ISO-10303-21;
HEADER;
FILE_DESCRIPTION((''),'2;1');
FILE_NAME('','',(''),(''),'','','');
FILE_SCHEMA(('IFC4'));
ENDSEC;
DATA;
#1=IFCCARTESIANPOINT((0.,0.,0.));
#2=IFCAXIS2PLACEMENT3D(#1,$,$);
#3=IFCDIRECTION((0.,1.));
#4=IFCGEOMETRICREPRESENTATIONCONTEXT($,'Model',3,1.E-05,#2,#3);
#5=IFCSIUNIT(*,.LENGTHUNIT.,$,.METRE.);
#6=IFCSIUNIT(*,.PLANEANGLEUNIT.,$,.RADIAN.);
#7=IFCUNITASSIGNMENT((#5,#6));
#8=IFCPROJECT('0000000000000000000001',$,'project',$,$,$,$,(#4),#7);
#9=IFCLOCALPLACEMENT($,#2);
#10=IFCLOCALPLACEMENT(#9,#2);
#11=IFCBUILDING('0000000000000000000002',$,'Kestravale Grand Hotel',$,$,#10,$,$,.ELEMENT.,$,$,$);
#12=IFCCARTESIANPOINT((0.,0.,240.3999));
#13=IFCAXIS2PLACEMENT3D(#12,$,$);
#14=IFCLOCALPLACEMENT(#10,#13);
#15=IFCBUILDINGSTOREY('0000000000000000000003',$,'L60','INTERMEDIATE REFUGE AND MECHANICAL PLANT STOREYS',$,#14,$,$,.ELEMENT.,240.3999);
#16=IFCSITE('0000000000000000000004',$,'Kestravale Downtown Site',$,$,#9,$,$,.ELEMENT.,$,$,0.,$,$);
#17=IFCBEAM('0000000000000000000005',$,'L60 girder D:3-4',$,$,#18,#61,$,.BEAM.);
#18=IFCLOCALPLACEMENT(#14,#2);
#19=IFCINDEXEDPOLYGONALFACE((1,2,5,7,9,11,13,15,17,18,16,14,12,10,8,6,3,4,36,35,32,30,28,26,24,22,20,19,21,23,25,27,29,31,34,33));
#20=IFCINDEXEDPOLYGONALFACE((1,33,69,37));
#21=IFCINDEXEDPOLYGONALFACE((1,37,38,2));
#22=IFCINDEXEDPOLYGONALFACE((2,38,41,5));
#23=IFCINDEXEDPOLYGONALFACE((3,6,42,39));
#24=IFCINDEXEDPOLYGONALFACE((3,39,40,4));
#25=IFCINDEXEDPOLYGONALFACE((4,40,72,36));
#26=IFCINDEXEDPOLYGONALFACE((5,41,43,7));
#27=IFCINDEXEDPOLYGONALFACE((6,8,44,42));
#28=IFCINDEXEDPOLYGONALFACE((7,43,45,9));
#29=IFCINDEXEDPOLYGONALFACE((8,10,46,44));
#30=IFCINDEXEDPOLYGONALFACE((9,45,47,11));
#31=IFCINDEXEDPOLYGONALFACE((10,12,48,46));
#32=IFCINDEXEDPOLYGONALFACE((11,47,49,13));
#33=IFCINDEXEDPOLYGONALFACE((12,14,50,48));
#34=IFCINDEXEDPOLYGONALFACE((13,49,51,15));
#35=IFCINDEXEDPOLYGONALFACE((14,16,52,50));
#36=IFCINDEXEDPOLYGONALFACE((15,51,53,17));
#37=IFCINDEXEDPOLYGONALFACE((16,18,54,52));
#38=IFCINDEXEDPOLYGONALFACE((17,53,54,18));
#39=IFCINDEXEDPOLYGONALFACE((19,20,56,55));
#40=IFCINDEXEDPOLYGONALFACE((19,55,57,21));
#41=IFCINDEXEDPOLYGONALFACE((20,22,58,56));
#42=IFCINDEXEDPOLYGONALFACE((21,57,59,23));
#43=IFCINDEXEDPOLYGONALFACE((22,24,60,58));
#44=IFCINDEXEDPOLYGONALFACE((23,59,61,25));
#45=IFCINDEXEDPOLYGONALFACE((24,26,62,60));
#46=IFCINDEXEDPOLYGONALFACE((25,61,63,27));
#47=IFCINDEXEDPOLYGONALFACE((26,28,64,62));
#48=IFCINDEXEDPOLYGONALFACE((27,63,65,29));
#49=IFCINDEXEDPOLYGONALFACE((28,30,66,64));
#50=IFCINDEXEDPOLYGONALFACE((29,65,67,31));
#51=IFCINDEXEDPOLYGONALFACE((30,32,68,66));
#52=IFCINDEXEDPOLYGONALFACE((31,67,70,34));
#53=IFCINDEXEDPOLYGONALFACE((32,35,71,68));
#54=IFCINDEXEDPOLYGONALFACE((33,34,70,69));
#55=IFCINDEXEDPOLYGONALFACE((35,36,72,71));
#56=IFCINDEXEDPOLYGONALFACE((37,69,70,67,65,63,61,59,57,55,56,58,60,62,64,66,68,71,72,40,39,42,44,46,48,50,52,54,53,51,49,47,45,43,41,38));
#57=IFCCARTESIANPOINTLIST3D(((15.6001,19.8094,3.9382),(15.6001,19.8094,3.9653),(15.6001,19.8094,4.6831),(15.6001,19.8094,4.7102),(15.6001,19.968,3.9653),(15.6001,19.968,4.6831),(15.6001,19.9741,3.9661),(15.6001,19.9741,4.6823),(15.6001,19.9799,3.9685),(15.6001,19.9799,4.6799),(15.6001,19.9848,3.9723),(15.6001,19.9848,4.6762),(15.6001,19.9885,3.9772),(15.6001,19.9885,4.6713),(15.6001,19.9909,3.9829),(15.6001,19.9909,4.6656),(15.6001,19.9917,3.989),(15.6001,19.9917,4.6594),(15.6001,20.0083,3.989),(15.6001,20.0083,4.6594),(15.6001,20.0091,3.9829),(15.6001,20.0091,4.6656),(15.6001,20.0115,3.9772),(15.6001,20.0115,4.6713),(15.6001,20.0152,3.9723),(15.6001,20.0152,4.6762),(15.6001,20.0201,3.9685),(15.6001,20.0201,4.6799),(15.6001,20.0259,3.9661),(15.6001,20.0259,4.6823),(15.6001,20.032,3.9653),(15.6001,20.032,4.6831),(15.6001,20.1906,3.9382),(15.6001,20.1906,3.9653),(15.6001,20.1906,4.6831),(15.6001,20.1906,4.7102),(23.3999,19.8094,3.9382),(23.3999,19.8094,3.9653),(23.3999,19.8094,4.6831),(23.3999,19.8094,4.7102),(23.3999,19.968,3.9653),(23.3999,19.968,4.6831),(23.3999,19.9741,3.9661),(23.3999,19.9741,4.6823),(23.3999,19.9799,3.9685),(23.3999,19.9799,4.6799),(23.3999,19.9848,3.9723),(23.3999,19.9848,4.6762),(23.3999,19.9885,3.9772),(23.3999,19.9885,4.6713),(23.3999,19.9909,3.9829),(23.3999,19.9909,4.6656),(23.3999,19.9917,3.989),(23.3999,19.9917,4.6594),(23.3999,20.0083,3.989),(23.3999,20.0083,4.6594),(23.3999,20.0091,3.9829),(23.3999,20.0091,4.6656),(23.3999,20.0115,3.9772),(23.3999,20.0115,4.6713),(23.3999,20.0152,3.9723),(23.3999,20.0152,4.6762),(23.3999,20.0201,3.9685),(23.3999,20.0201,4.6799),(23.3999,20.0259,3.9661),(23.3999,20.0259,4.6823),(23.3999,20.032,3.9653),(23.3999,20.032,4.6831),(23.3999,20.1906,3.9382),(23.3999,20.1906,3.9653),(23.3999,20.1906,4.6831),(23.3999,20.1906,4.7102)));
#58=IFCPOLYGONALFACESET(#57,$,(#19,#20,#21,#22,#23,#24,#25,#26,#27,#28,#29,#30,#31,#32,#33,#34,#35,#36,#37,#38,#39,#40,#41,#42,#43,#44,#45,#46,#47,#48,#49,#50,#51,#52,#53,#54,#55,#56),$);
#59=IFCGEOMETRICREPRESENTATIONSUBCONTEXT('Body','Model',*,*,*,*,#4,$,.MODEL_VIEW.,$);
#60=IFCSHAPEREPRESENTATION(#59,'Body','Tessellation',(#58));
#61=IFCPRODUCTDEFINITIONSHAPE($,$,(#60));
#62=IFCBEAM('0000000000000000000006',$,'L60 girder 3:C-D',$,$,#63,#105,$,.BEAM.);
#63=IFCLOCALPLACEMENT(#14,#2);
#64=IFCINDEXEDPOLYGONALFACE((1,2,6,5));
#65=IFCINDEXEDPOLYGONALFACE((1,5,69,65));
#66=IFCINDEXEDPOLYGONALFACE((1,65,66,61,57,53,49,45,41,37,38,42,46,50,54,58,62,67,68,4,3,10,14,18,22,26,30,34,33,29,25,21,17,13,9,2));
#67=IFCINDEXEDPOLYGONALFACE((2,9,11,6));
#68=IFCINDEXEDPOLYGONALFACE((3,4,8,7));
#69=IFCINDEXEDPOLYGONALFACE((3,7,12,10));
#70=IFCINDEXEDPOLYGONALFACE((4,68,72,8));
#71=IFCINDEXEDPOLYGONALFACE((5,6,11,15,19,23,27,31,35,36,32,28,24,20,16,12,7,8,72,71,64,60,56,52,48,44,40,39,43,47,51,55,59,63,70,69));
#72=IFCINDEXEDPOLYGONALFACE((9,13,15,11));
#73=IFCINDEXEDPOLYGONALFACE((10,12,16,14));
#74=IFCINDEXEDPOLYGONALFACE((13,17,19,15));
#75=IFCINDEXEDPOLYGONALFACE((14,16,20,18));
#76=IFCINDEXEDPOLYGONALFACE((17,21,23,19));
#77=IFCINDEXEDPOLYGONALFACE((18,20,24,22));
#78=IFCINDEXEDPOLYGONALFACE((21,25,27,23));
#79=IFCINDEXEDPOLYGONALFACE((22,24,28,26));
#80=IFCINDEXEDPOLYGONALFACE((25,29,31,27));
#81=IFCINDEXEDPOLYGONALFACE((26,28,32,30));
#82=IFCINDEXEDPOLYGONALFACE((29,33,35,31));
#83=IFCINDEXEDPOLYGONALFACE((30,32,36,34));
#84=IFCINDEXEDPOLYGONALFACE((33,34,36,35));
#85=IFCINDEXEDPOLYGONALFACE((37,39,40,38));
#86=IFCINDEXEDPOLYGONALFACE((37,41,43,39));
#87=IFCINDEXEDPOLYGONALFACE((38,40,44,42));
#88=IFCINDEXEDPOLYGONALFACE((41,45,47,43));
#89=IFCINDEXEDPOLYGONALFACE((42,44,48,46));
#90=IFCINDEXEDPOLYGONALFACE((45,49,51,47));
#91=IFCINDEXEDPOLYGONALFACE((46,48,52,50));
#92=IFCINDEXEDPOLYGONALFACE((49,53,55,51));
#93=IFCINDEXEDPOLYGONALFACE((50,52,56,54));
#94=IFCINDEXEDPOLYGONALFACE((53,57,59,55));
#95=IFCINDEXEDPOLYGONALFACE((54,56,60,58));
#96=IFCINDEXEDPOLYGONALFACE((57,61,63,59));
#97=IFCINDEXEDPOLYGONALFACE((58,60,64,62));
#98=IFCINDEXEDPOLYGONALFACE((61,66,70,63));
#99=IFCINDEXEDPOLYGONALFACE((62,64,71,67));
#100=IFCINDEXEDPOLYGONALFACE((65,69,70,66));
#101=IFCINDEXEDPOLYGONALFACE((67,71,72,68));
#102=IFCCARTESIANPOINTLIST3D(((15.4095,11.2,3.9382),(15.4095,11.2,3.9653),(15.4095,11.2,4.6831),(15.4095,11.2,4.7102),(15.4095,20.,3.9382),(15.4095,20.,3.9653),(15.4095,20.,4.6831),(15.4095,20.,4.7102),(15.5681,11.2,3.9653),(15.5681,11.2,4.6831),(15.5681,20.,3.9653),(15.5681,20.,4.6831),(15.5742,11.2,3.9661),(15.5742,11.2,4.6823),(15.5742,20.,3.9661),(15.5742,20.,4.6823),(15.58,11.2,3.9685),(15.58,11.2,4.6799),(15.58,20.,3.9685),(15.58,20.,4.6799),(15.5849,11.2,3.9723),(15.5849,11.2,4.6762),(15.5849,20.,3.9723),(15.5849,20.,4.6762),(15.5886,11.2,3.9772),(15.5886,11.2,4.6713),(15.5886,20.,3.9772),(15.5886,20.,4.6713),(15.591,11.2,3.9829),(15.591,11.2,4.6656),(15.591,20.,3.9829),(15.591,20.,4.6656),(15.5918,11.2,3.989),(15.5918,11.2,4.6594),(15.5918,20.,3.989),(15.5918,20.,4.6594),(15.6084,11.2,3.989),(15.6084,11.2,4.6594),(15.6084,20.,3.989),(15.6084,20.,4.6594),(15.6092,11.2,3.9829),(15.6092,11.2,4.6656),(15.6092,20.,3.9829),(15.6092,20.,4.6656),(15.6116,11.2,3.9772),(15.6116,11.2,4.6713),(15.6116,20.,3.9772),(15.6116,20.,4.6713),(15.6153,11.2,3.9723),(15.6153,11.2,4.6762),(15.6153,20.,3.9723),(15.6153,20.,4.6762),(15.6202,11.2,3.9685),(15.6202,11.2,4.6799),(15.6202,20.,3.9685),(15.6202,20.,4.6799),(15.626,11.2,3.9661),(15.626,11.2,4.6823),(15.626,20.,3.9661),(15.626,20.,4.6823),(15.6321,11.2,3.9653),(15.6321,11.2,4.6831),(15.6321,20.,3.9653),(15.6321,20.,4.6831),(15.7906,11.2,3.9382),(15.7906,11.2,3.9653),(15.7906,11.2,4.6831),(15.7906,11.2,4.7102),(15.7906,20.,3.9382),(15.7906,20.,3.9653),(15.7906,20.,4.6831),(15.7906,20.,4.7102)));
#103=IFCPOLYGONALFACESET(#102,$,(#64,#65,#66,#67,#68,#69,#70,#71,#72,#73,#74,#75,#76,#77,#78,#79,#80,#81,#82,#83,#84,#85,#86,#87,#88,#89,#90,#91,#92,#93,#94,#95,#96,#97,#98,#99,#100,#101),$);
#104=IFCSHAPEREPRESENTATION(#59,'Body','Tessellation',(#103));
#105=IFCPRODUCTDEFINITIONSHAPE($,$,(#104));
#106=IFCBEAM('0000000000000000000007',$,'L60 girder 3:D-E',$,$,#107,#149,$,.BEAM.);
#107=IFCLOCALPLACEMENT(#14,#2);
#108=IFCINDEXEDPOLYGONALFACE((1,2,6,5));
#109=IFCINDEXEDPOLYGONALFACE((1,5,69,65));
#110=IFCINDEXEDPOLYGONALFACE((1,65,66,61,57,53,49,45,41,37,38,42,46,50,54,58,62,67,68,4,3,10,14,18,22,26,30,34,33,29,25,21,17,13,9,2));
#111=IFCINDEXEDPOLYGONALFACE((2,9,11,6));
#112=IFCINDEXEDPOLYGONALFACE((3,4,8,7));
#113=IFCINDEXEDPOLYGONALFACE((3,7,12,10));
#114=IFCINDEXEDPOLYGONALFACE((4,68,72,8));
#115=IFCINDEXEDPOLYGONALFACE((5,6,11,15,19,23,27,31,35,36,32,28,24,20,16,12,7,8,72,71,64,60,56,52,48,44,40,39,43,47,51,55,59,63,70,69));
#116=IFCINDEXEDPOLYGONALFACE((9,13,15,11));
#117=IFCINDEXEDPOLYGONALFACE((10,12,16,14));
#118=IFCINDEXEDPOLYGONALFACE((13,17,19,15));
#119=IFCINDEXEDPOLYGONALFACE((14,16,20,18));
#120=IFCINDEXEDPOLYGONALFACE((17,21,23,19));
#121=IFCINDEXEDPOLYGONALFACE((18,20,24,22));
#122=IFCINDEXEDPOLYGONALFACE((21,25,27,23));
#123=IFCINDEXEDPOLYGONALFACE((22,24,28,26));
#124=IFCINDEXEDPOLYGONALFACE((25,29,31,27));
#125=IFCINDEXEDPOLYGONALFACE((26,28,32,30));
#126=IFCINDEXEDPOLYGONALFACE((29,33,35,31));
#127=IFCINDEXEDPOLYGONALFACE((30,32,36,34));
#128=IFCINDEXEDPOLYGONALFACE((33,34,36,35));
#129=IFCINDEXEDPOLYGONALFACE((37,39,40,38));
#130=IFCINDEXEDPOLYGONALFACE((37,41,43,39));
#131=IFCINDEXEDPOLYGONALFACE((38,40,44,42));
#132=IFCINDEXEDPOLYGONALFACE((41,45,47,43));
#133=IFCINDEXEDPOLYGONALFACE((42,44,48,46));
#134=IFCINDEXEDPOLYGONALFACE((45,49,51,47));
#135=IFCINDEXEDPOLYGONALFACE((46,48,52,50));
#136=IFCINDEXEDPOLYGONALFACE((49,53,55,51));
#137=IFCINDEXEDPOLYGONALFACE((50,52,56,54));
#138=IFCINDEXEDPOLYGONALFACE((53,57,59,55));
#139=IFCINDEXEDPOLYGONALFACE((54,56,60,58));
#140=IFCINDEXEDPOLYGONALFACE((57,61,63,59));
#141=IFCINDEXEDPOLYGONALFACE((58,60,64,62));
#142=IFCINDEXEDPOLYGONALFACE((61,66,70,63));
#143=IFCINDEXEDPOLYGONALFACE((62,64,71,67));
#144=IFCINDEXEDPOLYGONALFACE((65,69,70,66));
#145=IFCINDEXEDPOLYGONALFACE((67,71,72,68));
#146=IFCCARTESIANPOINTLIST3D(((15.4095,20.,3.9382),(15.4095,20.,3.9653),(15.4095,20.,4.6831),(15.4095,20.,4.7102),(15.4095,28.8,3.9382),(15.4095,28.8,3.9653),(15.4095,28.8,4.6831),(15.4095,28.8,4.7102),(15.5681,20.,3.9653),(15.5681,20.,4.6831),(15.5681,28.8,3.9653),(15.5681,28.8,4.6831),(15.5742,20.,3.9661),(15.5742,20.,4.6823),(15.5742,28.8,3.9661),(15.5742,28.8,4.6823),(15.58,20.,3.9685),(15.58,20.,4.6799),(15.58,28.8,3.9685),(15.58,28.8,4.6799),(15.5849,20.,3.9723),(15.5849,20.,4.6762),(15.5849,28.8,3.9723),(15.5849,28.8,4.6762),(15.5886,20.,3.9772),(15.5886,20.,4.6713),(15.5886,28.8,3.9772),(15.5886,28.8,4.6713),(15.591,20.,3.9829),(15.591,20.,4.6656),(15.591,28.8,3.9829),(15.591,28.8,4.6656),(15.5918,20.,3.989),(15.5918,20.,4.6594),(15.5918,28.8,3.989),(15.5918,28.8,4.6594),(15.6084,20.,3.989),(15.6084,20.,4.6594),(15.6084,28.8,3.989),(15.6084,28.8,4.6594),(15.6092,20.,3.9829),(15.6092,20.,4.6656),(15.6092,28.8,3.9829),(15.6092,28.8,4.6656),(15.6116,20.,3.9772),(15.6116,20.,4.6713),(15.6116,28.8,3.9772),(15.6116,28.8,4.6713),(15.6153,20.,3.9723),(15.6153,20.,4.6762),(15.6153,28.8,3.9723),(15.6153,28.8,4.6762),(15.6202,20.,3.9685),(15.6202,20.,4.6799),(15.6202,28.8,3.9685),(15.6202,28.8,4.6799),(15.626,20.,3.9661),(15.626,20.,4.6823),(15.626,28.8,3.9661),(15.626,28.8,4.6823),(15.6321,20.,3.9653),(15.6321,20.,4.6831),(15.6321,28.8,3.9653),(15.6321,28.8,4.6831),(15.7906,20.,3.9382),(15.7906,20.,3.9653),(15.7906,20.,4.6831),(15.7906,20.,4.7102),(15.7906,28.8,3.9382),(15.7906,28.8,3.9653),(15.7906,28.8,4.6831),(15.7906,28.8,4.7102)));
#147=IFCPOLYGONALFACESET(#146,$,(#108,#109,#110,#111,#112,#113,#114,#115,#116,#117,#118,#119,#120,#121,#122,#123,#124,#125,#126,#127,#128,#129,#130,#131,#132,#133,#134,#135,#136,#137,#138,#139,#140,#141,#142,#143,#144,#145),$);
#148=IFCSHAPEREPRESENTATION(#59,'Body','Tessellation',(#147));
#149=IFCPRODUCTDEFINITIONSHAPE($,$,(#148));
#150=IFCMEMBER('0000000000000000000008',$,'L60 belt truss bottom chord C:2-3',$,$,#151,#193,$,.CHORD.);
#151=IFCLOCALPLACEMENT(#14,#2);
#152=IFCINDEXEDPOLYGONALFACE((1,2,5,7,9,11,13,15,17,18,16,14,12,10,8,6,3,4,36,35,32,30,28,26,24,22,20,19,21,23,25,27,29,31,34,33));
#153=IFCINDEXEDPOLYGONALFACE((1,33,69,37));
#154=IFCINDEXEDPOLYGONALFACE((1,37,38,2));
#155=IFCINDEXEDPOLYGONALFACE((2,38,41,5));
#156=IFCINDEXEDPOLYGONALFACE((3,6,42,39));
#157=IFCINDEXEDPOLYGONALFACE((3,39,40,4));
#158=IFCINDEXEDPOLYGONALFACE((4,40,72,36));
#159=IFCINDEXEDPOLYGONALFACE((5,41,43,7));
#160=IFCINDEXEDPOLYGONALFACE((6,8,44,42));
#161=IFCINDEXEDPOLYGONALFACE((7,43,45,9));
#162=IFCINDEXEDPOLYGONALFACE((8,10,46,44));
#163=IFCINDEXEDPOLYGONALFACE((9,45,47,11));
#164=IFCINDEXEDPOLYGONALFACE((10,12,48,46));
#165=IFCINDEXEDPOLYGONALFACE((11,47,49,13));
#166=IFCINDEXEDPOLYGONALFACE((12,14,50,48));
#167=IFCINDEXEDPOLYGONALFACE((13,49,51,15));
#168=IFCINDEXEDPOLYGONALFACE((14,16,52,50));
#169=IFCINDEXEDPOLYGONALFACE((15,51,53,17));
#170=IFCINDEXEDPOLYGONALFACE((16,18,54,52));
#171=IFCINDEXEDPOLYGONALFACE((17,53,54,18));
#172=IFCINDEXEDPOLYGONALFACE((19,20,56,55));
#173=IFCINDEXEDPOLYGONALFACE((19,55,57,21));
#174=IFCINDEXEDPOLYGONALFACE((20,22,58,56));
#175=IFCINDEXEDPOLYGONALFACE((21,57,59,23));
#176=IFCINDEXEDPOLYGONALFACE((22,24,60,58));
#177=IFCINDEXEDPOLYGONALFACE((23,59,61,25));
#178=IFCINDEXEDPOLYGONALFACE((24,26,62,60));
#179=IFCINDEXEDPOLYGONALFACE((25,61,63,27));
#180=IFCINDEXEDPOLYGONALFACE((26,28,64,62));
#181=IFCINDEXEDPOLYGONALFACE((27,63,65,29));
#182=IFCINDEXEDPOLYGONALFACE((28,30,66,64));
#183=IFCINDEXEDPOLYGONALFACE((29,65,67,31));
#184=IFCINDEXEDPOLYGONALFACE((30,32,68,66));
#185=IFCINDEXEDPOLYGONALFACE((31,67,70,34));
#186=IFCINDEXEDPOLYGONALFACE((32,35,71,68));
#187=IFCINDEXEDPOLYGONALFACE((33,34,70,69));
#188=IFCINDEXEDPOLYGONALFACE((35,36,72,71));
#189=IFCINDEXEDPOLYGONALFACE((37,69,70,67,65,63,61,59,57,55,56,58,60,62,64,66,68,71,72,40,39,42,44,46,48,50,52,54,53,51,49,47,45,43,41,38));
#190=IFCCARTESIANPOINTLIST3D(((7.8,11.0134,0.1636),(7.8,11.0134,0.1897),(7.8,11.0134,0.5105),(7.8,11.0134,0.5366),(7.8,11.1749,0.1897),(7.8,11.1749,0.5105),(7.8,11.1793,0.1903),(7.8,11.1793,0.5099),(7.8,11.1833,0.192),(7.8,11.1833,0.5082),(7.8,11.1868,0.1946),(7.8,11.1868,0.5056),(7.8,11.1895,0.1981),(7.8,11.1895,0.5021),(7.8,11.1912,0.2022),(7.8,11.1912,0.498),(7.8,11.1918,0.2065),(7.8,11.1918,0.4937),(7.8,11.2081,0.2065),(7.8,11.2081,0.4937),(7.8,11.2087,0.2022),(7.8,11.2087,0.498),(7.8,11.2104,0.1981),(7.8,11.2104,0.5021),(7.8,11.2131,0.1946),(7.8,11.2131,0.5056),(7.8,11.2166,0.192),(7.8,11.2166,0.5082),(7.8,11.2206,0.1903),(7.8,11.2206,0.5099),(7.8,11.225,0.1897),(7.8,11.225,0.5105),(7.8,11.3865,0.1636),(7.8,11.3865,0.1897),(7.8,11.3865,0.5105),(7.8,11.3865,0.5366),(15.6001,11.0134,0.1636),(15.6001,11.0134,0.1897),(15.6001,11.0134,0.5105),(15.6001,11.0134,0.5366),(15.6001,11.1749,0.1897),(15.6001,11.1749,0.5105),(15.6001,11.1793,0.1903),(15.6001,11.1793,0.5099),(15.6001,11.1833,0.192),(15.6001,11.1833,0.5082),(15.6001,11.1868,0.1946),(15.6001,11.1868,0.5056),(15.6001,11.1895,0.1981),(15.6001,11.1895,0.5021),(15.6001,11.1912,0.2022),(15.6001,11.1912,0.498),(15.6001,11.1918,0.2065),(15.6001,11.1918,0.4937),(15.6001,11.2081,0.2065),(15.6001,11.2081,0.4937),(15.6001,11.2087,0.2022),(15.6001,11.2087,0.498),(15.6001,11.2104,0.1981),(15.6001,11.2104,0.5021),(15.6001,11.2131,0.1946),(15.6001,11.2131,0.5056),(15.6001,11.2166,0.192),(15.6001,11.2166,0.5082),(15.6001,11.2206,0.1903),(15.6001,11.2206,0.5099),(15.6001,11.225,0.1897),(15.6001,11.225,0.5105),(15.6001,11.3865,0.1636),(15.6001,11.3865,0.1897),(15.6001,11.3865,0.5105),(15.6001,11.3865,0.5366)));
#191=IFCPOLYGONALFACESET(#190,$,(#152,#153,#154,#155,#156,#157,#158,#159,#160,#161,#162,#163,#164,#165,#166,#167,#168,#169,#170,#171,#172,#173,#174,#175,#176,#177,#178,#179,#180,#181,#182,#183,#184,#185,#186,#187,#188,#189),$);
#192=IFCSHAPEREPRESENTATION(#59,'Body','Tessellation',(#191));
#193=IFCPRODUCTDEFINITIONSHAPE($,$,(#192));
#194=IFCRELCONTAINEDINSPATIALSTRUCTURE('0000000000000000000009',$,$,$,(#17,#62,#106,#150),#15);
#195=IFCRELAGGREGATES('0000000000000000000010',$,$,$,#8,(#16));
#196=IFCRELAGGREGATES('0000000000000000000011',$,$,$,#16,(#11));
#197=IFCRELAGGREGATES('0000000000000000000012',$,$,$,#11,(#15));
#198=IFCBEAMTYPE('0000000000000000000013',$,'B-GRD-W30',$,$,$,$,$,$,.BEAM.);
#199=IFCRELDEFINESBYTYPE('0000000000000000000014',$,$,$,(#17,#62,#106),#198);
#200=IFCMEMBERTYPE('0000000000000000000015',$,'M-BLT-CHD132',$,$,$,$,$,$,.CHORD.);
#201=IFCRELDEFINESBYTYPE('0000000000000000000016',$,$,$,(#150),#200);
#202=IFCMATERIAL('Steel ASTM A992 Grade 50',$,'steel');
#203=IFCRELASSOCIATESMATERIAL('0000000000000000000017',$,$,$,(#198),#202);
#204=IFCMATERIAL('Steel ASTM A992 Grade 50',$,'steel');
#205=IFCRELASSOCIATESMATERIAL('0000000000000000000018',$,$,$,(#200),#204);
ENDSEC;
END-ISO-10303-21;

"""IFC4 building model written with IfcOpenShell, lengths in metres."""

from ifc_helpers import new_model, si_unit, direction, frame, origin, origin_2d, place, context, subcontext, project, spatial, i_section, extrude, material, material_profile, profile_set, type_object, element, save


model = new_model("IFC4")

# Units and contexts
model_context = context("Model", 3, precision=1e-05, world=origin(), true_north=direction((0.0, 1.0)))
body_context = subcontext(model_context, "Body", "Model", "MODEL_VIEW")
ifc_project = project(units=[si_unit("LENGTHUNIT", "METRE"), si_unit("PLANEANGLEUNIT", "RADIAN")], contexts=[model_context])

# Site, building, storey
site_placement = place(None, origin())
site = spatial("IfcSite", under=ifc_project, at=site_placement, Name="Kestravale Downtown Site", CompositionType="ELEMENT", RefElevation=0.0)
building_placement = place(site_placement, origin())
building = spatial("IfcBuilding", under=site, at=building_placement, Name="Kestravale Grand Hotel", CompositionType="ELEMENT")
storey_placement = place(building_placement, frame((0.0, 0.0, 240.3999)))
storey = spatial("IfcBuildingStorey", under=building, at=storey_placement, Name="L60", Description="INTERMEDIATE REFUGE AND MECHANICAL PLANT STOREYS", CompositionType="ELEMENT", Elevation=240.3999)

# Beams
ifc_material_1 = material(Name="Steel ASTM A992 Grade 50", Category="steel")
ifc_material_profile_1 = material_profile(ifc_material_1, i_section(OverallWidth=0.3811, OverallDepth=0.772, WebThickness=0.0166, FlangeThickness=0.0271, FilletRadius=0.0237, at=origin_2d()))
ifc_profile_set_1 = profile_set([ifc_material_profile_1], Name="Steel ASTM A992 Grade 50")
beam_type_1 = type_object("IfcBeamType", Name="B-GRD-W30", PredefinedType="BEAM", material=ifc_profile_set_1)
for number, where, z_axis, x_axis, name in (
    (1, (15.6001, 20.0, 4.3242), (1.0, 0.0, 0.0), (0.0, 1.0, 0.0), "L60 girder D:3-4"),
):
    element("IfcBeam", number, at=place(storey_placement, frame(where, z_axis=z_axis, x_axis=x_axis)), inside=storey, type_object=beam_type_1, Name=name, PredefinedType="BEAM", context=body_context, shape_type="SweptSolid", body=[
        extrude(i_section(OverallWidth=0.3811, OverallDepth=0.772, WebThickness=0.0166, FlangeThickness=0.0271, FilletRadius=0.0237, at=origin_2d()), origin(), (0.0, 0.0, 1.0), 7.7998),
    ])
for number, where, z_axis, x_axis, name in (
    (2, (15.6001, 11.2, 4.3242), (0.0, 1.0, 0.0), (-1.0, 0.0, 0.0), "L60 girder 3:C-D"),
    (3, (15.6001, 20.0, 4.3242), (0.0, 1.0, 0.0), (-1.0, 0.0, 0.0), "L60 girder 3:D-E"),
):
    element("IfcBeam", number, at=place(storey_placement, frame(where, z_axis=z_axis, x_axis=x_axis)), inside=storey, type_object=beam_type_1, Name=name, PredefinedType="BEAM", context=body_context, shape_type="SweptSolid", body=[
        extrude(i_section(OverallWidth=0.3811, OverallDepth=0.772, WebThickness=0.0166, FlangeThickness=0.0271, FilletRadius=0.0237, at=origin_2d()), origin(), (0.0, 0.0, 1.0), 8.8),
    ])

# Member
ifc_material_2 = material(Name="Steel ASTM A992 Grade 50", Category="steel")
ifc_material_profile_2 = material_profile(ifc_material_2, i_section(OverallWidth=0.373, OverallDepth=0.373, WebThickness=0.0164, FlangeThickness=0.0261, FilletRadius=0.0168, at=origin_2d()))
ifc_profile_set_2 = profile_set([ifc_material_profile_2], Name="Steel ASTM A992 Grade 50")
member_type_1 = type_object("IfcMemberType", Name="M-BLT-CHD132", PredefinedType="CHORD", material=ifc_profile_set_2)
member_1_placement = place(storey_placement, frame((7.8, 11.2, 0.3501), z_axis=(1.0, 0.0, 0.0), x_axis=(0.0, 1.0, 0.0)))
element("IfcMember", 4, at=member_1_placement, inside=storey, type_object=member_type_1, Name="L60 belt truss bottom chord C:2-3", PredefinedType="CHORD", context=body_context, shape_type="SweptSolid", body=[
    extrude(i_section(OverallWidth=0.373, OverallDepth=0.373, WebThickness=0.0164, FlangeThickness=0.0261, FilletRadius=0.0168, at=origin_2d()), origin(), (0.0, 0.0, 1.0), 7.8),
])

save(model, "model.ifc")
